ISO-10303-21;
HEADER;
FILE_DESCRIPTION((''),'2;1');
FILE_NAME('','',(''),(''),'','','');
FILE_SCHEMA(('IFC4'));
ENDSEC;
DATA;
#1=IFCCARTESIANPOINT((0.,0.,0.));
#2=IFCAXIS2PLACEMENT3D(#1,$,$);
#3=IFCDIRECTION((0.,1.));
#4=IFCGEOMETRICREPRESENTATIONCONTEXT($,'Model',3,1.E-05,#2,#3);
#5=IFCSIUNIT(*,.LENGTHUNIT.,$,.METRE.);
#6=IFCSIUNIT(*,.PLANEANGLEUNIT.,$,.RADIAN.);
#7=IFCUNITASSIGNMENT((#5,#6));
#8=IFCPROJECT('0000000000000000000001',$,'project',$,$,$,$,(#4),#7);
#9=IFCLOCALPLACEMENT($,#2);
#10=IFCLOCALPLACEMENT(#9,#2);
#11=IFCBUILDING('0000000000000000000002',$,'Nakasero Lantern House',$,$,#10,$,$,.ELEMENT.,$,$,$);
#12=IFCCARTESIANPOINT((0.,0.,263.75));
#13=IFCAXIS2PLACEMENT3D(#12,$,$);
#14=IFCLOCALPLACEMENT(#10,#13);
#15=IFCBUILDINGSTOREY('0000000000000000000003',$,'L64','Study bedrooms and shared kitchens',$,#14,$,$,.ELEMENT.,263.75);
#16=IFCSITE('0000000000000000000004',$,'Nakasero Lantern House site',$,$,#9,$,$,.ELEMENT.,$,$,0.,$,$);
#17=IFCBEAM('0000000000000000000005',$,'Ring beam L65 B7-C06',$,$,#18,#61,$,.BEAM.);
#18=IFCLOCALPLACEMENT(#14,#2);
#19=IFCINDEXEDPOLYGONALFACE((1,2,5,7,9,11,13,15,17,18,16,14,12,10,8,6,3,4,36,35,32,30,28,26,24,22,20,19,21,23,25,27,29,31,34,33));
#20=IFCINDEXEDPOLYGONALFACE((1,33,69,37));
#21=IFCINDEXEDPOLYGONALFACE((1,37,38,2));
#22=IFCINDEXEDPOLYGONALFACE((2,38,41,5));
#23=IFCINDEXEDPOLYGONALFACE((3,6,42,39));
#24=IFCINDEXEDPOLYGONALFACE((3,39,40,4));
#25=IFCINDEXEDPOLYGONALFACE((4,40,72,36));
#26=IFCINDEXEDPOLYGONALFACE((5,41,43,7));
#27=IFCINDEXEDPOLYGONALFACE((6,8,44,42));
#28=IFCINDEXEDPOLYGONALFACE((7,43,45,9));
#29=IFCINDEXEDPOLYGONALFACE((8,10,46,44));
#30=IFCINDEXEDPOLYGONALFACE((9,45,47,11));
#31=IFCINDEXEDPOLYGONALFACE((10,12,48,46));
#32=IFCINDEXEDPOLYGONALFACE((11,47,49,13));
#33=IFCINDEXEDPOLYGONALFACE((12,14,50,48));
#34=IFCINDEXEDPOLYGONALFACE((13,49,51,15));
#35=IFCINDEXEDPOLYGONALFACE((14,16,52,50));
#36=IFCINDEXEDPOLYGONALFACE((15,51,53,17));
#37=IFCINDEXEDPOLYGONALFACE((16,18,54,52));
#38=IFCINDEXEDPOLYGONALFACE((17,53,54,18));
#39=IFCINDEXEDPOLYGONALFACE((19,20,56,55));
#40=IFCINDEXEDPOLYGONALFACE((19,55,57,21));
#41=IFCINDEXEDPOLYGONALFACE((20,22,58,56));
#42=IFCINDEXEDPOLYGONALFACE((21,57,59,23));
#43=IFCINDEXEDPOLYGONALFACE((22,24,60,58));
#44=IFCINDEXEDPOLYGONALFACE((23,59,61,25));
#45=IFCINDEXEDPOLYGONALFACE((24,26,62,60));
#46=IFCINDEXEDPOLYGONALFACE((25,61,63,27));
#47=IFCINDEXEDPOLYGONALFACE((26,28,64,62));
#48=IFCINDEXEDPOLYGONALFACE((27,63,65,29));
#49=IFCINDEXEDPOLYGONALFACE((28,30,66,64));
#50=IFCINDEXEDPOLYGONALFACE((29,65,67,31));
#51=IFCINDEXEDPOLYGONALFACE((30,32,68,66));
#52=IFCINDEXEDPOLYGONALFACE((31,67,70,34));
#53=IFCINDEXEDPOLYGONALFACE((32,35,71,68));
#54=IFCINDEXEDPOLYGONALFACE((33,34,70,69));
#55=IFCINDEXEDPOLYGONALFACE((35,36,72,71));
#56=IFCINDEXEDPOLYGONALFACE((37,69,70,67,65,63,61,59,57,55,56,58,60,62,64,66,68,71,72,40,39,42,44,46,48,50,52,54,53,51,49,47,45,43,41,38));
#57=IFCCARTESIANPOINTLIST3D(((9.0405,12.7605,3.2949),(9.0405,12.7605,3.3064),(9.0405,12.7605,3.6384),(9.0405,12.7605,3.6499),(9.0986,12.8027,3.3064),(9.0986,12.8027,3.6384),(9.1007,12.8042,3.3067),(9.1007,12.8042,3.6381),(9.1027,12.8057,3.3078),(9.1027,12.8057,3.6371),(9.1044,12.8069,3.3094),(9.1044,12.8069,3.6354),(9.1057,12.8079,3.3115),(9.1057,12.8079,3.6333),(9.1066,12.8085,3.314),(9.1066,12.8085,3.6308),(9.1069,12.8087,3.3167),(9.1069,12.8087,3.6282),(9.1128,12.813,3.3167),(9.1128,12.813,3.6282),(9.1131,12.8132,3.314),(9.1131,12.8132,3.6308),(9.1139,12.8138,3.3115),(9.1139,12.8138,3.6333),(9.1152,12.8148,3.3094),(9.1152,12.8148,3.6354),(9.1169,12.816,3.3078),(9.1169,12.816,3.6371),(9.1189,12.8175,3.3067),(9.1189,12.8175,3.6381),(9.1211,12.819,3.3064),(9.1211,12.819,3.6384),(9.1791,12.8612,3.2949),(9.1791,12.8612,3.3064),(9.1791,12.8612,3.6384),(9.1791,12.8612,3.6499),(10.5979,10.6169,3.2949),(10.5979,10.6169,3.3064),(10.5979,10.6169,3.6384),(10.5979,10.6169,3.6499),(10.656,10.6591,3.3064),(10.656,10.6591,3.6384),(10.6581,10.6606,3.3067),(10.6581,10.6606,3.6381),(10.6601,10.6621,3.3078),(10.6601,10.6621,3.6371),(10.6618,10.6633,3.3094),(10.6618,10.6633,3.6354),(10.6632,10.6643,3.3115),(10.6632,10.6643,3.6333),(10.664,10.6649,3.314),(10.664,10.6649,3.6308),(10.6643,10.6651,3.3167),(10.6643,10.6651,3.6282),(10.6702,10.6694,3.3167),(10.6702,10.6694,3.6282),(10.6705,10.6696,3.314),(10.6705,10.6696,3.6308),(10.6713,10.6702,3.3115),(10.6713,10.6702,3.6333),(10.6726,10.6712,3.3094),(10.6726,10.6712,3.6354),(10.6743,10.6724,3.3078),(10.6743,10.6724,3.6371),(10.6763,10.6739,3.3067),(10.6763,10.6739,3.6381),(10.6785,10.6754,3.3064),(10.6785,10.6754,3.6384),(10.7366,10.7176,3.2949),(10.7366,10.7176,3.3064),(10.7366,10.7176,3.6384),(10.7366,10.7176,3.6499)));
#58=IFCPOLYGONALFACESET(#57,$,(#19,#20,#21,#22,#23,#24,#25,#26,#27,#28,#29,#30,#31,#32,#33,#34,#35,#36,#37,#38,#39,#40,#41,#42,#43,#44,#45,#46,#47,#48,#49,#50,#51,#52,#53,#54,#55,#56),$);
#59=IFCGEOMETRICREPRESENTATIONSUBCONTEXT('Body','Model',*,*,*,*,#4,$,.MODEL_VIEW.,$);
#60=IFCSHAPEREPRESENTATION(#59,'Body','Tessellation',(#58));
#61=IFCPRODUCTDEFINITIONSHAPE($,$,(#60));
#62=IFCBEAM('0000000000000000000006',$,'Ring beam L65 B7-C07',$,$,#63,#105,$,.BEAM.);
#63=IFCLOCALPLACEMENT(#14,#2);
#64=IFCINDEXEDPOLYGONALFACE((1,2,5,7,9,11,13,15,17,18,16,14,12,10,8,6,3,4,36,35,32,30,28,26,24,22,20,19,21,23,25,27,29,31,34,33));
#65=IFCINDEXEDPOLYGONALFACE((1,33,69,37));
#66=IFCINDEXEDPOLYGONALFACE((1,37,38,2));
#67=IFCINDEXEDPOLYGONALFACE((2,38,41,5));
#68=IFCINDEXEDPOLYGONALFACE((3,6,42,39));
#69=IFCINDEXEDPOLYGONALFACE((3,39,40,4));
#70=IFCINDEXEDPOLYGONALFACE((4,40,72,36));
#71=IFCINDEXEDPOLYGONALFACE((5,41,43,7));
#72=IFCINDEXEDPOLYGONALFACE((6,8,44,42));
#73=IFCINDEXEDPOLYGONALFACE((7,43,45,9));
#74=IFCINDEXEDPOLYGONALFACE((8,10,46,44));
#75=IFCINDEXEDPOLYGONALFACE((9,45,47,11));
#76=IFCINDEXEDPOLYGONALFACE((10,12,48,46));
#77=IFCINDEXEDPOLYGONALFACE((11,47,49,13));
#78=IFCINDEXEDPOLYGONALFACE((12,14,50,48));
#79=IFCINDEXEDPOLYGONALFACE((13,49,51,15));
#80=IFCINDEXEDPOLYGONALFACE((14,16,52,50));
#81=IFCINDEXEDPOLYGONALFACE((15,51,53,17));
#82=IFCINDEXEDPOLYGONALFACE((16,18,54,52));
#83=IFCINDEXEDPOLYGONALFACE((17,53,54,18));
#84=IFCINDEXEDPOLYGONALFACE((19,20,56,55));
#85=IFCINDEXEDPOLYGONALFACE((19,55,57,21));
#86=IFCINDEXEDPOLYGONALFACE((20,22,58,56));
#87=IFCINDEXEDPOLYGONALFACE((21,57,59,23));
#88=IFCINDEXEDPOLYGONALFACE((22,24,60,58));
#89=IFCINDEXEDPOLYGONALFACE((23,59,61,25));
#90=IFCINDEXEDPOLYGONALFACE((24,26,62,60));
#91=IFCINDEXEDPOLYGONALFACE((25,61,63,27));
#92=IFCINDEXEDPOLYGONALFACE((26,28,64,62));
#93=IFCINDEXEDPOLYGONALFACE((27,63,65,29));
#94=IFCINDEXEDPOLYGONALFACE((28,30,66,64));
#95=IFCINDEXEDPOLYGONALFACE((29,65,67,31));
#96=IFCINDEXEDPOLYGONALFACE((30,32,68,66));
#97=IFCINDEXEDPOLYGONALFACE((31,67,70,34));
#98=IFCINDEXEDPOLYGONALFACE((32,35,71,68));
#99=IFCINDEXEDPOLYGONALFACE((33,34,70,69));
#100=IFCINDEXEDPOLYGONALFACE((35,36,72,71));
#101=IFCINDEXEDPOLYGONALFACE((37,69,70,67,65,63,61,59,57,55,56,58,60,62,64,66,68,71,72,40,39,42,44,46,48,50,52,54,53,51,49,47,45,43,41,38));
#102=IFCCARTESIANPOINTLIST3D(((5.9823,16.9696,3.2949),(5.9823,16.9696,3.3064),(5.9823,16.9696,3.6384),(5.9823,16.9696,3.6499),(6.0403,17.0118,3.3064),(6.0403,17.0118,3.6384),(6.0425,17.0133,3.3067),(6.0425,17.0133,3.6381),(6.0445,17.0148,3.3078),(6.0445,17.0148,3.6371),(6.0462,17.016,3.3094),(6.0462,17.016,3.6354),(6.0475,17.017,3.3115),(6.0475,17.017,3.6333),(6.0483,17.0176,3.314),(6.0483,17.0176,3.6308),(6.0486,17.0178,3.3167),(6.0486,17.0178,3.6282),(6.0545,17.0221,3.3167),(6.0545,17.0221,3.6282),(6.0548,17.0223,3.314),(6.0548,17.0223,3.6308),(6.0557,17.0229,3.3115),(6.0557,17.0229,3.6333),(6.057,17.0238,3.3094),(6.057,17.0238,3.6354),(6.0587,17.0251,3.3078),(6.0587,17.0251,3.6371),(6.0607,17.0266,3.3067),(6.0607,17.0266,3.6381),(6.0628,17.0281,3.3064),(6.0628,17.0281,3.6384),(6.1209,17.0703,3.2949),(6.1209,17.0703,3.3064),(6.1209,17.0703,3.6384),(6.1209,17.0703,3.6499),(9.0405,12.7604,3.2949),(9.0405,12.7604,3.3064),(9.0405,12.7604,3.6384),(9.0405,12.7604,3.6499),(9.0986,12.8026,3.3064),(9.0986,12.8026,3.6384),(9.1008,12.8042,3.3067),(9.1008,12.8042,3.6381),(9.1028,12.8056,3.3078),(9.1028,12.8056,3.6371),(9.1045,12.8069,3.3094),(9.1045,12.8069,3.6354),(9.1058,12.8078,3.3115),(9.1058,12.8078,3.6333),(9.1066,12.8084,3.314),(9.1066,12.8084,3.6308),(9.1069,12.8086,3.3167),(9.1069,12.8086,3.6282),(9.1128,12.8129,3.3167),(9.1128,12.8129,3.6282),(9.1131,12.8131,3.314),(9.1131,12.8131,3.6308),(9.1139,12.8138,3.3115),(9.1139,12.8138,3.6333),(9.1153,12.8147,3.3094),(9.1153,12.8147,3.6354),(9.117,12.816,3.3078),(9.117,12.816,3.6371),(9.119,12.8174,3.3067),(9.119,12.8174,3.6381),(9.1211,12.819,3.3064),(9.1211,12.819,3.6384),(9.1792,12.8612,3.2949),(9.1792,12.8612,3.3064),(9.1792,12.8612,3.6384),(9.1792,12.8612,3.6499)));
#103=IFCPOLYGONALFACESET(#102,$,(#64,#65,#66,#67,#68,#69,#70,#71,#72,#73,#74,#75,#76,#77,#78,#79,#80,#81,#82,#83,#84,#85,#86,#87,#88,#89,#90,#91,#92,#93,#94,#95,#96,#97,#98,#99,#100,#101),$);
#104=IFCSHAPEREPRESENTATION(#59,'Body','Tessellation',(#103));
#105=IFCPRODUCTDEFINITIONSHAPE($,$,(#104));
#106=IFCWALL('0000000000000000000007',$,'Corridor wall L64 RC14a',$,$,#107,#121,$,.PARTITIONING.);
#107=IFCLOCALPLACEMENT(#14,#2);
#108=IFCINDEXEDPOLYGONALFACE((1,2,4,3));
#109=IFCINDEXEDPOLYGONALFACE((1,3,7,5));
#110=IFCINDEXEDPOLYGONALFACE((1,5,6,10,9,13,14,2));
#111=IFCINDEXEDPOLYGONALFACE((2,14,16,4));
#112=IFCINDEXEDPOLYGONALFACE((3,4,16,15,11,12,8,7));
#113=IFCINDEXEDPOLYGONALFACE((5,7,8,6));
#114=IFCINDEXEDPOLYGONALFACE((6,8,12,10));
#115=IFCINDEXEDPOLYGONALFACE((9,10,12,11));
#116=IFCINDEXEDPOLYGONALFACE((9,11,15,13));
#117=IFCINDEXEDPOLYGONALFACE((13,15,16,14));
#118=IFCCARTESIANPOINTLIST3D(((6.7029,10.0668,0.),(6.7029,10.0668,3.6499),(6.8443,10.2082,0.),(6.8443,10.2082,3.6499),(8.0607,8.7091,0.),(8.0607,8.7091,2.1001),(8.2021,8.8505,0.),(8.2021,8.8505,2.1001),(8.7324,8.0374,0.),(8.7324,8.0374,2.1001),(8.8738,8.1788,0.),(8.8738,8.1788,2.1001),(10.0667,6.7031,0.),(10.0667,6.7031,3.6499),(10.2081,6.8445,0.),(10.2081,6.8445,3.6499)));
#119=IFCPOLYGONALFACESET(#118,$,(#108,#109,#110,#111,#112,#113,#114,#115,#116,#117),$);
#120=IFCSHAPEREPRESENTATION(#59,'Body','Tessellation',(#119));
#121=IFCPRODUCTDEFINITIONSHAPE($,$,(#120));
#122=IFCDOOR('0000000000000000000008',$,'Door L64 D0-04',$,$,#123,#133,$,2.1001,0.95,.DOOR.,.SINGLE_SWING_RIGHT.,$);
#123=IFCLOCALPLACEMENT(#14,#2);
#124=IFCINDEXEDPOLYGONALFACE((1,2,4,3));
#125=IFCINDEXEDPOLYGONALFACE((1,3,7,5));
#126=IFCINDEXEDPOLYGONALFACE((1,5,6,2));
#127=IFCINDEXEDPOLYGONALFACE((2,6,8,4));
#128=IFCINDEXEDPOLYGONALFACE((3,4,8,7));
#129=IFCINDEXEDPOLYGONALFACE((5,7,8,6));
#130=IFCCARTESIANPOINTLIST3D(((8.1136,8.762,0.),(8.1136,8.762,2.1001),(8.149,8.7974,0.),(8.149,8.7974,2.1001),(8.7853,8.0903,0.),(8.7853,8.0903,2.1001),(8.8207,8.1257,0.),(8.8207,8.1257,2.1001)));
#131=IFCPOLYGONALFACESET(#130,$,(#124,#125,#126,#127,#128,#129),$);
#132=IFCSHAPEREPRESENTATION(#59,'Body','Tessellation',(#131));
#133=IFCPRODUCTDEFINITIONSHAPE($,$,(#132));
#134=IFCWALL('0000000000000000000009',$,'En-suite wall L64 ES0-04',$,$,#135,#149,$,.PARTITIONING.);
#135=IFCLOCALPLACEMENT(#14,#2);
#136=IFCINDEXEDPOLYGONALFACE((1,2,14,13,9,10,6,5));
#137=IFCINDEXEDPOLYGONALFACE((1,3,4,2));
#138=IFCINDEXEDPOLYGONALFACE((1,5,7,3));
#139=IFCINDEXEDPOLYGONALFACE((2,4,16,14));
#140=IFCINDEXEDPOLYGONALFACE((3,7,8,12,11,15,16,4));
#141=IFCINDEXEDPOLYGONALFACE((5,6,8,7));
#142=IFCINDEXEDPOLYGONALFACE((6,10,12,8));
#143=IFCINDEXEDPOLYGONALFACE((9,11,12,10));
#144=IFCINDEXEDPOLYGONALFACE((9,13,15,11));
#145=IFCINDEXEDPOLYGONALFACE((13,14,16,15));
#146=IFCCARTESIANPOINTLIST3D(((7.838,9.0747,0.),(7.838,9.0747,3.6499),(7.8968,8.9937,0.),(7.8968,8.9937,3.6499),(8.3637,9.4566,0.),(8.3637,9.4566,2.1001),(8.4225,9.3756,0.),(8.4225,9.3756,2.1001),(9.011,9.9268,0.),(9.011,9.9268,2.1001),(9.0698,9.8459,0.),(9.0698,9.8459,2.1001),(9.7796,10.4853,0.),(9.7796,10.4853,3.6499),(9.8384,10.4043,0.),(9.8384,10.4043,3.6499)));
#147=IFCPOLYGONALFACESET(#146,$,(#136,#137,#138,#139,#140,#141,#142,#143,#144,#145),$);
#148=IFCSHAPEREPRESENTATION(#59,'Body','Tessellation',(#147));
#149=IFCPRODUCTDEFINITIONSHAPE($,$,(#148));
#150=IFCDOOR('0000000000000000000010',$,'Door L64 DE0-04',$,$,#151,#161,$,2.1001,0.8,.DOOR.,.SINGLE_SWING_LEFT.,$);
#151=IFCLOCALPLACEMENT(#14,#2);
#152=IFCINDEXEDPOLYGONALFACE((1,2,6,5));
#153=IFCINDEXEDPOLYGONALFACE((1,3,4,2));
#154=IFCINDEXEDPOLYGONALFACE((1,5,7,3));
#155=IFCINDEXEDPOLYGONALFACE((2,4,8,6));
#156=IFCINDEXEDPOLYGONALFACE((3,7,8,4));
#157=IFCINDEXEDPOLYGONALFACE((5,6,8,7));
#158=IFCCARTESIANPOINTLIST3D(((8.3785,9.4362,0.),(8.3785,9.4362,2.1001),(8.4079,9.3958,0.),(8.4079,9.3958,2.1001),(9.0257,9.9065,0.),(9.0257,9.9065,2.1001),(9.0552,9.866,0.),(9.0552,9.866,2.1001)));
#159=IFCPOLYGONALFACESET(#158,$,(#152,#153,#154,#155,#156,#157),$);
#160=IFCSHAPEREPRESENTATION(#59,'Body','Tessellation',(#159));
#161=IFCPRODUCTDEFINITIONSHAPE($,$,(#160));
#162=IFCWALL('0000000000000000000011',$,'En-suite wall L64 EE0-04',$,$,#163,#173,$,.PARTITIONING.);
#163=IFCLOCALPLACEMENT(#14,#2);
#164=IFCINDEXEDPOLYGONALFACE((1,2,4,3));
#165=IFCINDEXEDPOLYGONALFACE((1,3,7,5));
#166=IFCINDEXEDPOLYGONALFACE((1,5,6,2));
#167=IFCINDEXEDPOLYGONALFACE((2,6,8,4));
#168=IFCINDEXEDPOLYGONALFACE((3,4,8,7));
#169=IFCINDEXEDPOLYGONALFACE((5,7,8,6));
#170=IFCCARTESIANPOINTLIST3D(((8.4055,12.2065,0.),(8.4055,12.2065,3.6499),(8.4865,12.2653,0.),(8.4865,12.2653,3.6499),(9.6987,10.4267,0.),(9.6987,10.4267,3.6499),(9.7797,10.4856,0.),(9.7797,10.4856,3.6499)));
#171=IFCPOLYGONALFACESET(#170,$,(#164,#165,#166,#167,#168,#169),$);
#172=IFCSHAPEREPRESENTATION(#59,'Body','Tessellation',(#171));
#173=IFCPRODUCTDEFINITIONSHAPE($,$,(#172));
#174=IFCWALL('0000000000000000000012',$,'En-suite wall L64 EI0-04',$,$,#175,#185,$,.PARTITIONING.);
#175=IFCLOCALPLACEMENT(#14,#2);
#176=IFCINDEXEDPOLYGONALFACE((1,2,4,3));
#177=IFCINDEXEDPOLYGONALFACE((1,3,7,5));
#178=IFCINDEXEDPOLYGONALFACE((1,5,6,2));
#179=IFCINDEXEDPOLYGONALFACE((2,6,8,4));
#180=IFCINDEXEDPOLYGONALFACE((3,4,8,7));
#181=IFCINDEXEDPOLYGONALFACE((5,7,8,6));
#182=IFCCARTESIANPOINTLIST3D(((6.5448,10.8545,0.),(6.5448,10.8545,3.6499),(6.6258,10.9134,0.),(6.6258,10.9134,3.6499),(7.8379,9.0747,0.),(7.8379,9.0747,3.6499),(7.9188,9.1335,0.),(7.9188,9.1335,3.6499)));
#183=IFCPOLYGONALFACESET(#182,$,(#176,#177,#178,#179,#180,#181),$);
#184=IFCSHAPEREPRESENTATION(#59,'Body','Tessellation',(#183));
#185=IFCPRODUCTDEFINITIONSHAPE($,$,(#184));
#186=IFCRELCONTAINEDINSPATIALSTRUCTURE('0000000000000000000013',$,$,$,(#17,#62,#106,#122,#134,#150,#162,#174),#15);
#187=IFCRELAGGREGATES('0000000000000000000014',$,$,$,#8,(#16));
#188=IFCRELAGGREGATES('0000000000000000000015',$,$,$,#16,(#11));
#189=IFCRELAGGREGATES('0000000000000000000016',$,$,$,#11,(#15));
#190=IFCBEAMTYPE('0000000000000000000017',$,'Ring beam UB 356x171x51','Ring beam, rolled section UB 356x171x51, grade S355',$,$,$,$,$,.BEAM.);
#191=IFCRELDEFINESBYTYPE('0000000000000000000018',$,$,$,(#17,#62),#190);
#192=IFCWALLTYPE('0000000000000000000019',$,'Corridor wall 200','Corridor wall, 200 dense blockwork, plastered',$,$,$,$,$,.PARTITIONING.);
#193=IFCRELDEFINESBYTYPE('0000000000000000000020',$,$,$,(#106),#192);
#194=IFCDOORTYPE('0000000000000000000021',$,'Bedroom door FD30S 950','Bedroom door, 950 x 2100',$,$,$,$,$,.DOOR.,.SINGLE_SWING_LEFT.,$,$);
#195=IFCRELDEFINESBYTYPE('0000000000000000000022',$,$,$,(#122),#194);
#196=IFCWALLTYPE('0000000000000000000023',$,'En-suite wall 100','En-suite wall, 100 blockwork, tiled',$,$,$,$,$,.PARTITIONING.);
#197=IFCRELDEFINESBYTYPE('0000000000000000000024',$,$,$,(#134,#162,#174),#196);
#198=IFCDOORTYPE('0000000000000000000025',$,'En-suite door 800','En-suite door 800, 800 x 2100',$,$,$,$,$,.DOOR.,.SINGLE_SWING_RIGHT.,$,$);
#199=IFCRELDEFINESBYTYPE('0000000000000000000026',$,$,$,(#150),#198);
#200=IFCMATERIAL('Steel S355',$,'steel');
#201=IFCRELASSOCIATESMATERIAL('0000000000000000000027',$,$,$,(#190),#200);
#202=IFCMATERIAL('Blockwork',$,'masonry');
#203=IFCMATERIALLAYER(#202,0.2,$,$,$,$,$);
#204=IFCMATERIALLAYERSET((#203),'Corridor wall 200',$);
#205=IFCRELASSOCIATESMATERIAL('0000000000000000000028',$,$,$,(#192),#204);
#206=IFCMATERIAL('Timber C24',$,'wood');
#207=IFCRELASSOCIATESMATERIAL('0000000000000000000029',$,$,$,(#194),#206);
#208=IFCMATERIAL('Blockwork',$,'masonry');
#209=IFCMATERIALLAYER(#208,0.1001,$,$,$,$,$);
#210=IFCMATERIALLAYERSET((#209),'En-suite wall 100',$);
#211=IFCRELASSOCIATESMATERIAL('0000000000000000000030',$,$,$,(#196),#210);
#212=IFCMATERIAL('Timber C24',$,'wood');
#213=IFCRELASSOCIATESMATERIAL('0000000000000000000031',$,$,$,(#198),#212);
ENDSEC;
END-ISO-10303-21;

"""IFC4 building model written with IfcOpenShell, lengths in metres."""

from ifc_helpers import new_model, si_unit, direction, frame, frame_2d, origin, origin_2d, place, context, subcontext, project, spatial, rectangle, i_section, extrude, material, layer, layer_set, material_profile, profile_set, type_object, element, fill, save


model = new_model("IFC4")

# Units and contexts
model_context = context("Model", 3, precision=1e-05, world=origin(), true_north=direction((0.0, 1.0)))
body_context = subcontext(model_context, "Body", "Model", "MODEL_VIEW")
ifc_project = project(units=[si_unit("LENGTHUNIT", "METRE"), si_unit("PLANEANGLEUNIT", "RADIAN")], contexts=[model_context])

# Site, building, storey
site_placement = place(None, origin())
site = spatial("IfcSite", under=ifc_project, at=site_placement, Name="Nakasero Lantern House site", CompositionType="ELEMENT", RefElevation=0.0)
building_placement = place(site_placement, origin())
building = spatial("IfcBuilding", under=site, at=building_placement, Name="Nakasero Lantern House", CompositionType="ELEMENT")
storey_placement = place(building_placement, frame((0.0, 0.0, 263.75)))
storey = spatial("IfcBuildingStorey", under=building, at=storey_placement, Name="L64", Description="Study bedrooms and shared kitchens", CompositionType="ELEMENT", Elevation=263.75)

# Beams
ifc_material_1 = material(Name="Steel S355", Category="steel")
ifc_material_profile_1 = material_profile(ifc_material_1, i_section(OverallWidth=0.1714, OverallDepth=0.355, WebThickness=0.0073, FlangeThickness=0.0115, FilletRadius=0.0103, at=origin_2d()), Name="UB 356x171x51")
ifc_profile_set_1 = profile_set([ifc_material_profile_1], Name="Steel S355")
beam_type_1 = type_object("IfcBeamType", Name="Ring beam UB 356x171x51", Description="Ring beam, rolled section UB 356x171x51, grade S355", PredefinedType="BEAM", material=ifc_profile_set_1)
beam_1_placement = place(storey_placement, frame((10.6672, 10.6672, 3.4724), z_axis=(-0.587783, 0.809019, 0.0), x_axis=(-0.809019, -0.587783, 0.0)))
element("IfcBeam", 1, at=beam_1_placement, inside=storey, type_object=beam_type_1, Name="Ring beam L65 B7-C06", PredefinedType="BEAM", context=body_context, shape_type="SweptSolid", body=[
    extrude(i_section(OverallWidth=0.1714, OverallDepth=0.355, WebThickness=0.0073, FlangeThickness=0.0115, FilletRadius=0.0103, at=origin_2d()), origin(), (0.0, 0.0, 1.0), 2.6497),
])
beam_2_placement = place(storey_placement, frame((9.1099, 12.8108, 3.4724), z_axis=(-0.587806, 0.809002, 0.0), x_axis=(-0.809002, -0.587806, 0.0)))
element("IfcBeam", 2, at=beam_2_placement, inside=storey, type_object=beam_type_1, Name="Ring beam L65 B7-C07", PredefinedType="BEAM", context=body_context, shape_type="SweptSolid", body=[
    extrude(i_section(OverallWidth=0.1714, OverallDepth=0.355, WebThickness=0.0073, FlangeThickness=0.0115, FilletRadius=0.0103, at=origin_2d()), origin(), (0.0, 0.0, 1.0), 5.2029),
])

# Walls, openings, doors
ifc_material_2 = material(Name="Blockwork", Category="masonry")
ifc_layer_1 = layer(ifc_material_2, 0.2)
ifc_layer_set_1 = layer_set([ifc_layer_1], Name="Corridor wall 200")
wall_type_1 = type_object("IfcWallType", Name="Corridor wall 200", Description="Corridor wall, 200 dense blockwork, plastered", PredefinedType="PARTITIONING", material=ifc_layer_set_1)
wall_1_placement = place(storey_placement, frame((6.7737, 10.1375, 0.0), z_axis=(0.0, 0.0, 1.0), x_axis=(0.707107, -0.707107, 0.0)))
wall_1 = element("IfcWall", 3, at=wall_1_placement, inside=storey, type_object=wall_type_1, Name="Corridor wall L64 RC14a", PredefinedType="PARTITIONING", context=body_context, shape_type="SweptSolid", body=[
    extrude(rectangle(XDim=4.7571, YDim=0.2, at=frame_2d((2.3784, 0.0))), origin(), (0.0, 0.0, 1.0), 3.6499),
])
opening_1_placement = place(wall_1_placement, frame((1.9199, 0.0, 0.0)))
opening_1 = element("IfcOpeningElement", 4, at=opening_1_placement, cuts=wall_1, PredefinedType="OPENING", context=body_context, shape_type="SweptSolid", body=[
    extrude(rectangle(XDim=0.95, YDim=2.1001, at=frame_2d((0.4751, 1.05))), frame((0.0, 0.1199, 0.0), z_axis=(0.0, -1.0, 0.0), x_axis=(1.0, 0.0, 0.0)), (0.0, 0.0, 1.0), 0.24),
])
ifc_material_3 = material(Name="Timber C24", Category="wood")
door_type_1 = type_object("IfcDoorType", Name="Bedroom door FD30S 950", Description="Bedroom door, 950 x 2100", OperationType="SINGLE_SWING_LEFT", PredefinedType="DOOR", material=ifc_material_3)
door_1_placement = place(opening_1_placement, origin())
door_1 = element("IfcDoor", 5, at=door_1_placement, inside=storey, type_object=door_type_1, Name="Door L64 D0-04", OperationType="SINGLE_SWING_RIGHT", OverallHeight=2.1001, OverallWidth=0.95, PredefinedType="DOOR", context=body_context, shape_type="SweptSolid", body=[
    extrude(rectangle(XDim=0.95, YDim=2.1001, at=frame_2d((0.4751, 1.05))), frame((0.0, 0.0249, 0.0), z_axis=(0.0, -1.0, 0.0), x_axis=(1.0, 0.0, 0.0)), (0.0, 0.0, 1.0), 0.05),
])
fill(opening_1, door_1)
ifc_material_4 = material(Name="Blockwork", Category="masonry")
ifc_layer_2 = layer(ifc_material_4, 0.1001)
ifc_layer_set_2 = layer_set([ifc_layer_2], Name="En-suite wall 100")
wall_type_2 = type_object("IfcWallType", Name="En-suite wall 100", Description="En-suite wall, 100 blockwork, tiled", PredefinedType="PARTITIONING", material=ifc_layer_set_2)
wall_2_placement = place(storey_placement, frame((7.8674, 9.0342, 0.0), z_axis=(0.0, 0.0, 1.0), x_axis=(0.809026, 0.587772, 0.0)))
wall_2 = element("IfcWall", 6, at=wall_2_placement, inside=storey, type_object=wall_type_2, Name="En-suite wall L64 ES0-04", PredefinedType="PARTITIONING", context=body_context, shape_type="SweptSolid", body=[
    extrude(rectangle(XDim=2.3999, YDim=0.1001, at=frame_2d((1.2, 0.0))), origin(), (0.0, 0.0, 1.0), 3.6499),
])
opening_2_placement = place(wall_2_placement, frame((0.6499, 0.0, 0.0)))
opening_2 = element("IfcOpeningElement", 7, at=opening_2_placement, cuts=wall_2, PredefinedType="OPENING", context=body_context, shape_type="SweptSolid", body=[
    extrude(rectangle(XDim=0.8, YDim=2.1001, at=frame_2d((0.3999, 1.05))), frame((0.0, 0.0701, 0.0), z_axis=(0.0, -1.0, 0.0), x_axis=(1.0, 0.0, 0.0)), (0.0, 0.0, 1.0), 0.1401),
])
ifc_material_5 = material(Name="Timber C24", Category="wood")
door_type_2 = type_object("IfcDoorType", Name="En-suite door 800", Description="En-suite door 800, 800 x 2100", OperationType="SINGLE_SWING_RIGHT", PredefinedType="DOOR", material=ifc_material_5)
door_2_placement = place(opening_2_placement, origin())
door_2 = element("IfcDoor", 8, at=door_2_placement, inside=storey, type_object=door_type_2, Name="Door L64 DE0-04", OperationType="SINGLE_SWING_LEFT", OverallHeight=2.1001, OverallWidth=0.8, PredefinedType="DOOR", context=body_context, shape_type="SweptSolid", body=[
    extrude(rectangle(XDim=0.8, YDim=2.1001, at=frame_2d((0.3999, 1.05))), frame((0.0, 0.0249, 0.0), z_axis=(0.0, -1.0, 0.0), x_axis=(1.0, 0.0, 0.0)), (0.0, 0.0, 1.0), 0.05),
])
fill(opening_2, door_2)

# Walls
for number, where, z_axis, x_axis, name in (
    (9, (9.7393, 10.4561, 0.0), (0.0, 0.0, 1.0), (-0.587822, 0.80899, 0.0), "En-suite wall L64 EE0-04"),
    (10, (7.8784, 9.104, 0.0), (0.0, 0.0, 1.0), (-0.587749, 0.809043, 0.0), "En-suite wall L64 EI0-04"),
):
    element("IfcWall", number, at=place(storey_placement, frame(where, z_axis=z_axis, x_axis=x_axis)), inside=storey, type_object=wall_type_2, Name=name, PredefinedType="PARTITIONING", context=body_context, shape_type="SweptSolid", body=[
        extrude(rectangle(XDim=2.2, YDim=0.1001, at=frame_2d((1.1001, 0.0))), origin(), (0.0, 0.0, 1.0), 3.6499),
    ])

save(model, "model.ifc")
